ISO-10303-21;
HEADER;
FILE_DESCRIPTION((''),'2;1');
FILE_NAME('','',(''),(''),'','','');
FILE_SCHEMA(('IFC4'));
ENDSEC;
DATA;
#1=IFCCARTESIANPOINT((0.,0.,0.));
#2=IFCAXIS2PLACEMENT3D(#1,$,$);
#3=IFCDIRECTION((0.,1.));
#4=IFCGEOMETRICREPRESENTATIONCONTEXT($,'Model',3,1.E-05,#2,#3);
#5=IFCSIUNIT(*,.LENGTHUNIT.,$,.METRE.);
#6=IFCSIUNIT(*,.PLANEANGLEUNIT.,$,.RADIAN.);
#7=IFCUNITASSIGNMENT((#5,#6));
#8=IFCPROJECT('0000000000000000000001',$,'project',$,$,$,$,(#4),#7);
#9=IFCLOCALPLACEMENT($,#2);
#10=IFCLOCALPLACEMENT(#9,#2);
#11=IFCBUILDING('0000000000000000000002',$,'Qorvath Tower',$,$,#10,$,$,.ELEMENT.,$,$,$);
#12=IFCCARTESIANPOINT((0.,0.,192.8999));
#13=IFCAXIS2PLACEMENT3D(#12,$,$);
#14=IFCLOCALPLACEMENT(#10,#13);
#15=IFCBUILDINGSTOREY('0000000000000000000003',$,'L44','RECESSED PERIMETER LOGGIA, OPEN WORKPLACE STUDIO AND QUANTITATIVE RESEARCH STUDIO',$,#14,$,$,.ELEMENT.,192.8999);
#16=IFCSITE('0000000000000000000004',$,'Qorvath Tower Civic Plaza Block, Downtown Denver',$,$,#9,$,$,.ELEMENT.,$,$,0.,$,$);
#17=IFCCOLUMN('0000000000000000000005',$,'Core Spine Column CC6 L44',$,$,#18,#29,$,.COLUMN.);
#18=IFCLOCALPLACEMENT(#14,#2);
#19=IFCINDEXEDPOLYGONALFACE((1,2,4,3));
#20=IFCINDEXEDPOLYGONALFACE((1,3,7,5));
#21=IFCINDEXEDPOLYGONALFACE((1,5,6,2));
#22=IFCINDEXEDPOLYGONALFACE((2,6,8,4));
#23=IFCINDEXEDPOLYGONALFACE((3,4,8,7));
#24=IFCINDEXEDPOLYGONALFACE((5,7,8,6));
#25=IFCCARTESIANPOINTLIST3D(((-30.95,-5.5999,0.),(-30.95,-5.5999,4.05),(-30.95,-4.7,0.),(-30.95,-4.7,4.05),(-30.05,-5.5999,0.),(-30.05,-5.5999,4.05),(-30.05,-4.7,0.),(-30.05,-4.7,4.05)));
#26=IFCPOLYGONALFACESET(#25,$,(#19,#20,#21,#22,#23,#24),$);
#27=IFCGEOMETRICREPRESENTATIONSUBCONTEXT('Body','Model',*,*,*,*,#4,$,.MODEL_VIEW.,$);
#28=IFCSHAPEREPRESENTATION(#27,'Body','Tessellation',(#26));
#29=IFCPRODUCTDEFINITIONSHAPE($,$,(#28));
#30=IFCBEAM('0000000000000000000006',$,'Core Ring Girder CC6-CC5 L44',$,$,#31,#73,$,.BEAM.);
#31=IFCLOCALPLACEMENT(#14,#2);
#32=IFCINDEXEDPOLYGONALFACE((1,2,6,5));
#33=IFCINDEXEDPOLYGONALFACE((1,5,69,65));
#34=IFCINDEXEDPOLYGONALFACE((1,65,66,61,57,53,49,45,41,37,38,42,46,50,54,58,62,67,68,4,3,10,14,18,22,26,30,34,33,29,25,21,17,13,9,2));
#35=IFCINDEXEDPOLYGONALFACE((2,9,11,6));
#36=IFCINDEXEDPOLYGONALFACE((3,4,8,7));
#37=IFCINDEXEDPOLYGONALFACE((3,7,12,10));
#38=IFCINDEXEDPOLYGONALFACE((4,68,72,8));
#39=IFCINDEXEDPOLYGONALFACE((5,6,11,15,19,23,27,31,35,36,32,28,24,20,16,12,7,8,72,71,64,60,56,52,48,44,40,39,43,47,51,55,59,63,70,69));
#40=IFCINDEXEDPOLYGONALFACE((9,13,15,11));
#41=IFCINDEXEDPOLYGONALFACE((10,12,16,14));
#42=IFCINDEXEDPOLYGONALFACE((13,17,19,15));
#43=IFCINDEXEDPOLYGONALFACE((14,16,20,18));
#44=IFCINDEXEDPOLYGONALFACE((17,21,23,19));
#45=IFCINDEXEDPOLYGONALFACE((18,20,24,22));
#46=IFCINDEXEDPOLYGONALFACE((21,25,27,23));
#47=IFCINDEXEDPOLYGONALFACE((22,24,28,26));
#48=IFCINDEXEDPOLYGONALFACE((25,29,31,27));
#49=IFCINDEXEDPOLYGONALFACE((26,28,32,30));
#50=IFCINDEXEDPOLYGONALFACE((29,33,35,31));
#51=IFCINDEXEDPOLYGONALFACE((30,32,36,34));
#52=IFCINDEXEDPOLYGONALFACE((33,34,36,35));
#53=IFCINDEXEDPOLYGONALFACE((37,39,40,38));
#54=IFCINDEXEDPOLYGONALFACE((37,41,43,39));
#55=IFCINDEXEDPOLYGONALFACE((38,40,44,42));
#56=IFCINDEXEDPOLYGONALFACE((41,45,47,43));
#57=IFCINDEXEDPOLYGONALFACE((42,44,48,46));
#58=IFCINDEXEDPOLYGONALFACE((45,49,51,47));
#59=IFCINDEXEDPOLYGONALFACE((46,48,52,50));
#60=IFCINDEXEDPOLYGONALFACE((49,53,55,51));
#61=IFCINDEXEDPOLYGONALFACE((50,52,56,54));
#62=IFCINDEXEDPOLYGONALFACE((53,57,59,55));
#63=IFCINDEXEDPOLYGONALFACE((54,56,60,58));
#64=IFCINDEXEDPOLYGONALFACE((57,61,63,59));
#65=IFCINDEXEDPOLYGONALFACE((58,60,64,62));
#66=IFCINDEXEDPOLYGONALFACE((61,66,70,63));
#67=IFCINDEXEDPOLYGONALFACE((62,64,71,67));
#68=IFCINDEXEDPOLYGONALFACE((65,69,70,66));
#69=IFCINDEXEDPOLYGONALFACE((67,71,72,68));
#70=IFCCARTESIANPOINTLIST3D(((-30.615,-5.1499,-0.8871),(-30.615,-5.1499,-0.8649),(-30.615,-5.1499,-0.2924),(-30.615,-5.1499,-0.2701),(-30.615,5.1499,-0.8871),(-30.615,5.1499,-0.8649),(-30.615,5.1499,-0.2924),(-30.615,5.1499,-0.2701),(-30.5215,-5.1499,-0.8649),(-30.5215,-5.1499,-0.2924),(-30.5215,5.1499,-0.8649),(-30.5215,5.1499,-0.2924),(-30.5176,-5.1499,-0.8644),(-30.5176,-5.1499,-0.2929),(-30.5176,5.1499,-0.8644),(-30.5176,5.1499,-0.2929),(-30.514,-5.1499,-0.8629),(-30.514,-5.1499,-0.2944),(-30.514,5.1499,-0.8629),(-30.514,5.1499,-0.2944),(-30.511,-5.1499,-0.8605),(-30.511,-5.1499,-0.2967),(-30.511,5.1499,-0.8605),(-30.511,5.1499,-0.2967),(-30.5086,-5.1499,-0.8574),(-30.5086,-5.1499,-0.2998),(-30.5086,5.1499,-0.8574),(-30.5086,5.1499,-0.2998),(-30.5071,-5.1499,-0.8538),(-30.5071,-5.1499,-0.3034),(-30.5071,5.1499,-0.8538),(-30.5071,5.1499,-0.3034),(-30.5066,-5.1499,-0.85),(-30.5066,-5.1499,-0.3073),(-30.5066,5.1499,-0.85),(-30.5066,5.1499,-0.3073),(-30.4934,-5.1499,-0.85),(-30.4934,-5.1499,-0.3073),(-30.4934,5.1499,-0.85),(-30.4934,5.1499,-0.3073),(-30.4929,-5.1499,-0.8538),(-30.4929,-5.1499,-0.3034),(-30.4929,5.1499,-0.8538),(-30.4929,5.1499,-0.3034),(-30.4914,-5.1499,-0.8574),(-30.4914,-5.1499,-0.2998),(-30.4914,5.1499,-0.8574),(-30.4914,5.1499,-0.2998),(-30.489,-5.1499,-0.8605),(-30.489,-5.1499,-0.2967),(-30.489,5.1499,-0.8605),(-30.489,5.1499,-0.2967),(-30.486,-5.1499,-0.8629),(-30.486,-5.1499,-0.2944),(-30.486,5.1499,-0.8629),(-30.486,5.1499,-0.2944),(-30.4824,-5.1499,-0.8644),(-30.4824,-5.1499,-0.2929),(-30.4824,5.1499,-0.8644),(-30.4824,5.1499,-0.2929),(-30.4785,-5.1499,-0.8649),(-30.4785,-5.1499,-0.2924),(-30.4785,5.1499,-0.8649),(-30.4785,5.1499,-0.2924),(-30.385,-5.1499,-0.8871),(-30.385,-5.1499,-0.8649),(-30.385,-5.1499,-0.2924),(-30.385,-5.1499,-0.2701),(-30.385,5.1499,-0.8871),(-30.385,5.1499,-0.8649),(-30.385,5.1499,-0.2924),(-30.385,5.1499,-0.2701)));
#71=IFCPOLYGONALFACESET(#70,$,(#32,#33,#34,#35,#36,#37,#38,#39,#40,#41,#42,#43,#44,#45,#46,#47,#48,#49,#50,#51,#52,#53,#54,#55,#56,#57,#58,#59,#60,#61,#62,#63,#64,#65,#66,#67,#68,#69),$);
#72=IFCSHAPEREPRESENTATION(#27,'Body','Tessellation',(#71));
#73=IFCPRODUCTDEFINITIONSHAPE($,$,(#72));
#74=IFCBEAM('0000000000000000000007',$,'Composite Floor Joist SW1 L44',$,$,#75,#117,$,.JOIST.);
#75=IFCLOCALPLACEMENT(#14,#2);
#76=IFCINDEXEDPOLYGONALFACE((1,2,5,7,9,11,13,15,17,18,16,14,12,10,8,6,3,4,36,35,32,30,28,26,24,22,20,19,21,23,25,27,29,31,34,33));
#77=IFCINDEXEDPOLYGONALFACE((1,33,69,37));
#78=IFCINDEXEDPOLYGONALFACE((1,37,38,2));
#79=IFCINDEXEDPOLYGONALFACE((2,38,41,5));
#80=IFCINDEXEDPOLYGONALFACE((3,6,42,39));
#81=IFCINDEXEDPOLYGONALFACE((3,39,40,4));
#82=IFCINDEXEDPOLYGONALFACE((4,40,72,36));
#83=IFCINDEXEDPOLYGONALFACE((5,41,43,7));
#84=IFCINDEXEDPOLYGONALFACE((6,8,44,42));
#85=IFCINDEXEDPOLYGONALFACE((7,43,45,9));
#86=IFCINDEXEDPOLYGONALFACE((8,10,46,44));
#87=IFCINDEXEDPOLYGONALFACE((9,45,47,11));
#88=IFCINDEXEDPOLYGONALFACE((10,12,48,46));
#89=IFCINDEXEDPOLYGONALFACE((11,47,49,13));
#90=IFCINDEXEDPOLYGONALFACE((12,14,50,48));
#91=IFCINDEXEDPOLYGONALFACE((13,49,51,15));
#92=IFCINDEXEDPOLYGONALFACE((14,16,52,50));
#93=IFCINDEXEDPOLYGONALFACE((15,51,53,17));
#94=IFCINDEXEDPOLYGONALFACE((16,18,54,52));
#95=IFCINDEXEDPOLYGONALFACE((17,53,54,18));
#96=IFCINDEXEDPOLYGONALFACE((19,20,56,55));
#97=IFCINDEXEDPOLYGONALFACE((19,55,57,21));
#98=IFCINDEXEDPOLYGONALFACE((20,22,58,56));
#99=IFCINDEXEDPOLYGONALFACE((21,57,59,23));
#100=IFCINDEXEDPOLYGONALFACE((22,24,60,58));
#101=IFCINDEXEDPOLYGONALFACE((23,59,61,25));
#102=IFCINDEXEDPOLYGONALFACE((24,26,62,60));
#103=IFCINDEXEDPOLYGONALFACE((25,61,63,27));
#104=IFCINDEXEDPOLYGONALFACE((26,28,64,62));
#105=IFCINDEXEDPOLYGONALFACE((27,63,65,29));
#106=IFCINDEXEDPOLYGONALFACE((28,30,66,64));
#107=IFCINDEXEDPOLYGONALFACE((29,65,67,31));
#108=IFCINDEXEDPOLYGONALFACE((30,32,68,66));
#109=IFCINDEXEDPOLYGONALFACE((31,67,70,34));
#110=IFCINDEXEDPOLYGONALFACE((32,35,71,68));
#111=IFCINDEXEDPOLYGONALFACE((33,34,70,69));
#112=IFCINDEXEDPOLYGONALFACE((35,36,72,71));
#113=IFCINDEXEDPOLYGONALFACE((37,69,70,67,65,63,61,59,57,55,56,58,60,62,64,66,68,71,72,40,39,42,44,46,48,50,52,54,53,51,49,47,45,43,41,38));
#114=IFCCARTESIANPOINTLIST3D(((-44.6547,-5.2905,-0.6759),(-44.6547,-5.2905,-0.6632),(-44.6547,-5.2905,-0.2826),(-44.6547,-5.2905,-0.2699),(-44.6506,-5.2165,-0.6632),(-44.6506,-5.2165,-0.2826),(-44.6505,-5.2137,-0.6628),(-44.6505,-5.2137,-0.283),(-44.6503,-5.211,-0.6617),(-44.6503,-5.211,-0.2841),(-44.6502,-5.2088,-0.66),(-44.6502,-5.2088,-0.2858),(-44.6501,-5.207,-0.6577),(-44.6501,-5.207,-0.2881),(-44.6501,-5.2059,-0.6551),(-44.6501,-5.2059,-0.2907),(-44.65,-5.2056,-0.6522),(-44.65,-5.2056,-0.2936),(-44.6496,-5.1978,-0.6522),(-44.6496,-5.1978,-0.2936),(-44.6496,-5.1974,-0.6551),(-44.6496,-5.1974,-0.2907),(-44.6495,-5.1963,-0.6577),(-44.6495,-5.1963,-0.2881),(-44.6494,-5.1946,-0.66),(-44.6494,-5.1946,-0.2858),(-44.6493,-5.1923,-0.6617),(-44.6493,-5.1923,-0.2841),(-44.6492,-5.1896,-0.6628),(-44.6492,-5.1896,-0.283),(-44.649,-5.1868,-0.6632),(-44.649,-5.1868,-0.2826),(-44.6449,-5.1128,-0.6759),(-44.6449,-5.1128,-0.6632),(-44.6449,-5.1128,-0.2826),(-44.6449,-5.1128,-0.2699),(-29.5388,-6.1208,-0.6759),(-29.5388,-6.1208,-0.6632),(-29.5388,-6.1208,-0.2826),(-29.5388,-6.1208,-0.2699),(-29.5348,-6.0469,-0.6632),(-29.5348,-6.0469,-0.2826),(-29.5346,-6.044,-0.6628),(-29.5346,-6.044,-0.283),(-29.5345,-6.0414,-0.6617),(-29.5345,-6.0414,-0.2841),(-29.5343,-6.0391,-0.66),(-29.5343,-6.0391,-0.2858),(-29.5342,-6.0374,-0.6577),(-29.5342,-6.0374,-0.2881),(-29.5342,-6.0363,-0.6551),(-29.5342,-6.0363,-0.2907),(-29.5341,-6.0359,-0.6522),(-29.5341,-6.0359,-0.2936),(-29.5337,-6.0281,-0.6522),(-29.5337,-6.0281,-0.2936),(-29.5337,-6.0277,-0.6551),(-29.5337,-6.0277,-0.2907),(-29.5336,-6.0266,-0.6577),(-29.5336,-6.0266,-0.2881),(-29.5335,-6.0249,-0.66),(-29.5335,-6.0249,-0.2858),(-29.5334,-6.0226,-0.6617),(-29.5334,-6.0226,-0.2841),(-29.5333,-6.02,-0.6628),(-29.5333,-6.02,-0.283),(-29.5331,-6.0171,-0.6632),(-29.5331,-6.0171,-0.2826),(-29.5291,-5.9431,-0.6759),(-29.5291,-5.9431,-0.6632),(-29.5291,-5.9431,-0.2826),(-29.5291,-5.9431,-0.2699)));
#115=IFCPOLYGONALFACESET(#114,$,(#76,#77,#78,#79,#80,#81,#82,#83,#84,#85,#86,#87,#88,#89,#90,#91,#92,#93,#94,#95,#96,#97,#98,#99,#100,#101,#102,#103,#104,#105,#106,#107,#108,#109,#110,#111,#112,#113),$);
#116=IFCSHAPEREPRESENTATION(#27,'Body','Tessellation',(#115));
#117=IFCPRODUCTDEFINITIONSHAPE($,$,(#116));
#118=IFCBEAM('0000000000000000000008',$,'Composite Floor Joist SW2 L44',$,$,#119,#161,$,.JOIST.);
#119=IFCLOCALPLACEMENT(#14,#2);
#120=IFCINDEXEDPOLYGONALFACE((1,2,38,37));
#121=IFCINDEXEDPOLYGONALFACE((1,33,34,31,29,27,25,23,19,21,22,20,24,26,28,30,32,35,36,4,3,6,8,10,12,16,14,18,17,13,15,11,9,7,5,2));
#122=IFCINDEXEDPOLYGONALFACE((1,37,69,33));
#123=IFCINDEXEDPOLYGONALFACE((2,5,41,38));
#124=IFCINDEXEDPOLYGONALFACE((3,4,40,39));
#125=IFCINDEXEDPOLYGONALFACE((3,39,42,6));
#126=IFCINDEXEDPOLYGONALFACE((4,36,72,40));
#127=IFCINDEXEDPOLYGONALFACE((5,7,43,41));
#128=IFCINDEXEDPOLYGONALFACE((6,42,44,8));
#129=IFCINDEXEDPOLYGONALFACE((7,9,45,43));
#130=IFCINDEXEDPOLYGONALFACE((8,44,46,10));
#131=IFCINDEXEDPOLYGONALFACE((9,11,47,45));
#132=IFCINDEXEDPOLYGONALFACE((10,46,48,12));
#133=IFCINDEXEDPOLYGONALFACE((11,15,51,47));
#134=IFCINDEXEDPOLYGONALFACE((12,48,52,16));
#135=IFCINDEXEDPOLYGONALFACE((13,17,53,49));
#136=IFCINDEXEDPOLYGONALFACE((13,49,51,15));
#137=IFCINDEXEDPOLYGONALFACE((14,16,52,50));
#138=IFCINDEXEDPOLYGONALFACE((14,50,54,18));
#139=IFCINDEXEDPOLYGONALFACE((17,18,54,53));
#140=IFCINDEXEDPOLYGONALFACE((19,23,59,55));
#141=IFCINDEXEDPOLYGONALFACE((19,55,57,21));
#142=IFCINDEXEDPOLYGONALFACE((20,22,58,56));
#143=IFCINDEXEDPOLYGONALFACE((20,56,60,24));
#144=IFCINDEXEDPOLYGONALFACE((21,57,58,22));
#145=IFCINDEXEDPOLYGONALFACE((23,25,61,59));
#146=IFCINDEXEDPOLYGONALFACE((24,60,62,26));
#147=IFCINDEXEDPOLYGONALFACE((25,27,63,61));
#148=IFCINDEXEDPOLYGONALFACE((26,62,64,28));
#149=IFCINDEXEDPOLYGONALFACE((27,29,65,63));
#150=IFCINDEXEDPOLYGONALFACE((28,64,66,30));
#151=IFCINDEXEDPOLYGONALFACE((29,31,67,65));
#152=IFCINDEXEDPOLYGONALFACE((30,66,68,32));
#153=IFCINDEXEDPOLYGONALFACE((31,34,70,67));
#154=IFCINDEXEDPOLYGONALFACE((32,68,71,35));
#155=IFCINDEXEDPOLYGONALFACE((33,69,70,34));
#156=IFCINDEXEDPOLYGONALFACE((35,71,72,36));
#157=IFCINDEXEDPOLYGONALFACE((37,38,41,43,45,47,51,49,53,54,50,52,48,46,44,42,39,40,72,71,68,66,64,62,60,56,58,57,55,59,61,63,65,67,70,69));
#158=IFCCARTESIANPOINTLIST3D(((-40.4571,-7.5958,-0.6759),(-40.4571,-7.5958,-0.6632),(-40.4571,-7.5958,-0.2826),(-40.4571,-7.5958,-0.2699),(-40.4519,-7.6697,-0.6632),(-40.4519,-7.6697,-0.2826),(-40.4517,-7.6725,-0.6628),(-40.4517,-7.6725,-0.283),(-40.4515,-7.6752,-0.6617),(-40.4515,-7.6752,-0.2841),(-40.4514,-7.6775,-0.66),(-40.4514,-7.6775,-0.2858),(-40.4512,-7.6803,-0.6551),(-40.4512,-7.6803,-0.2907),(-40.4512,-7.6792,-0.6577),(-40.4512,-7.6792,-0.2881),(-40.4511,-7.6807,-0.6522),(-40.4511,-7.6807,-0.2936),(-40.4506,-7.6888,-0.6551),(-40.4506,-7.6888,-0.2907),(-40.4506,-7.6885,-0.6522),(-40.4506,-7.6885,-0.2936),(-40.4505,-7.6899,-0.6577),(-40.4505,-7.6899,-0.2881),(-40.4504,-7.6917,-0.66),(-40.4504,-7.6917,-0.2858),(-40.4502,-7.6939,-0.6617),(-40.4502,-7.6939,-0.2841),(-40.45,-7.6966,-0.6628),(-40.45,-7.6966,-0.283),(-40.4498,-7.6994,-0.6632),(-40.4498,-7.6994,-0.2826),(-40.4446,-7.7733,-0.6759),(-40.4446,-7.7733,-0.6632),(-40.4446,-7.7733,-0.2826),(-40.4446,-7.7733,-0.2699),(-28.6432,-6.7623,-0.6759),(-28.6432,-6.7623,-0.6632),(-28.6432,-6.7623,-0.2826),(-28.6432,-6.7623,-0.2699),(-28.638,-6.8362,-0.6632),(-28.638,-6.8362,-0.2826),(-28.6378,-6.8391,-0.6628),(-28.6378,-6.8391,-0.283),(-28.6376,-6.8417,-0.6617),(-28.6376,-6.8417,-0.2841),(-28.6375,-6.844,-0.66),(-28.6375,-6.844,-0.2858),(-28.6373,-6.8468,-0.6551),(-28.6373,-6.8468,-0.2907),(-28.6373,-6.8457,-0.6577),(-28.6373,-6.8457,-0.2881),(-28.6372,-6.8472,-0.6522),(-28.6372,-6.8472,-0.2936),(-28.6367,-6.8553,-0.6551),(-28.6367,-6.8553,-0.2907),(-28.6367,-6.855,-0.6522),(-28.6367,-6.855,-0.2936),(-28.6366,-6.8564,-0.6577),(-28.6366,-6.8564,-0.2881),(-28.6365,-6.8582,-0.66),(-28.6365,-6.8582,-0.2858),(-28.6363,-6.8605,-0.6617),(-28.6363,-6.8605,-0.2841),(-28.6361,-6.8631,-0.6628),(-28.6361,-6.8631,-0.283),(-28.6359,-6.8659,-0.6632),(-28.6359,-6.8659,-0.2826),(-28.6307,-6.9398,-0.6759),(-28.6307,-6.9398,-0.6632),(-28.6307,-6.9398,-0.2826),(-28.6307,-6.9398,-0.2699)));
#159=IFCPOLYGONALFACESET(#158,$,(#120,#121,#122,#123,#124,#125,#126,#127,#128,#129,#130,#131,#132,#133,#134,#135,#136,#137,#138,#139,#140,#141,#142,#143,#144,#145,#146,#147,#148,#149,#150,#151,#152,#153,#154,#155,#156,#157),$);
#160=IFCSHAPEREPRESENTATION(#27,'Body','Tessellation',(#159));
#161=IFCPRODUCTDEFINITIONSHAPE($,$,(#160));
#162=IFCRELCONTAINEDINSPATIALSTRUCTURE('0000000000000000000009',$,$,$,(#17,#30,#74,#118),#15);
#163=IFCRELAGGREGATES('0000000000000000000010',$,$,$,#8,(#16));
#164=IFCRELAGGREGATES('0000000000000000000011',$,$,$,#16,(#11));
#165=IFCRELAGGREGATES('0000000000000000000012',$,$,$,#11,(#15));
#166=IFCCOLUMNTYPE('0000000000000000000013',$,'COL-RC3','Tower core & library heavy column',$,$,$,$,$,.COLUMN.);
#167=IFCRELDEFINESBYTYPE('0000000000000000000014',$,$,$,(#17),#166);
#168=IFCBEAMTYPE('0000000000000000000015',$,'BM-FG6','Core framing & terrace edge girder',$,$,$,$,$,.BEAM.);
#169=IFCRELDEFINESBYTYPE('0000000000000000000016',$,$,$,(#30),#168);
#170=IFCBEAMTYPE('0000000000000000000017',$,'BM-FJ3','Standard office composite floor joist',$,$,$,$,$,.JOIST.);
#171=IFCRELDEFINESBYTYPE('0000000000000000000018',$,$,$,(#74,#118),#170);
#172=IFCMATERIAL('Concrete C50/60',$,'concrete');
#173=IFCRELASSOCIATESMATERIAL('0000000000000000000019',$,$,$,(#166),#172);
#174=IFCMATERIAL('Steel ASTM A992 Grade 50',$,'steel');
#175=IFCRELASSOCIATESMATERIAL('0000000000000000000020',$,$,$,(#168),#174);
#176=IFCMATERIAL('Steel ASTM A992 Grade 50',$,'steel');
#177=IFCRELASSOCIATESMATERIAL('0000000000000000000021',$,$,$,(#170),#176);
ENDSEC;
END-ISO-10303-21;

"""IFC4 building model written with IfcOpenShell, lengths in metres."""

from ifc_helpers import new_model, si_unit, direction, frame, origin, origin_2d, place, context, subcontext, project, spatial, rectangle, i_section, extrude, material, material_profile, profile_set, type_object, element, save


model = new_model("IFC4")

# Units and contexts
model_context = context("Model", 3, precision=1e-05, world=origin(), true_north=direction((0.0, 1.0)))
body_context = subcontext(model_context, "Body", "Model", "MODEL_VIEW")
ifc_project = project(units=[si_unit("LENGTHUNIT", "METRE"), si_unit("PLANEANGLEUNIT", "RADIAN")], contexts=[model_context])

# Site, building, storey
site_placement = place(None, origin())
site = spatial("IfcSite", under=ifc_project, at=site_placement, Name="Qorvath Tower Civic Plaza Block, Downtown Denver", CompositionType="ELEMENT", RefElevation=0.0)
building_placement = place(site_placement, origin())
building = spatial("IfcBuilding", under=site, at=building_placement, Name="Qorvath Tower", CompositionType="ELEMENT")
storey_placement = place(building_placement, frame((0.0, 0.0, 192.8999)))
storey = spatial("IfcBuildingStorey", under=building, at=storey_placement, Name="L44", Description="RECESSED PERIMETER LOGGIA, OPEN WORKPLACE STUDIO AND QUANTITATIVE RESEARCH STUDIO", CompositionType="ELEMENT", Elevation=192.8999)

# Column
ifc_material_1 = material(Name="Concrete C50/60", Category="concrete")
ifc_material_profile_1 = material_profile(ifc_material_1, rectangle(XDim=0.8999, YDim=0.8999, at=origin_2d()), Name="RC 900x900")
ifc_profile_set_1 = profile_set([ifc_material_profile_1], Name="Concrete C50/60")
column_type = type_object("IfcColumnType", Name="COL-RC3", Description="Tower core & library heavy column", PredefinedType="COLUMN", material=ifc_profile_set_1)
column_placement = place(storey_placement, frame((-30.5, -5.1499, 0.0), z_axis=(0.0, 0.0, 1.0), x_axis=(1.0, 0.0, 0.0)))
element("IfcColumn", 1, at=column_placement, inside=storey, type_object=column_type, Name="Core Spine Column CC6 L44", PredefinedType="COLUMN", context=body_context, shape_type="SweptSolid", body=[
    extrude(rectangle(XDim=0.8999, YDim=0.8999, at=origin_2d()), origin(), (0.0, 0.0, 1.0), 4.05),
])

# Beams
ifc_material_2 = material(Name="Steel ASTM A992 Grade 50", Category="steel")
ifc_material_profile_2 = material_profile(ifc_material_2, i_section(OverallWidth=0.23, OverallDepth=0.6169, WebThickness=0.0132, FlangeThickness=0.0222, FilletRadius=0.0149, at=origin_2d()), Name="W24x94")
ifc_profile_set_2 = profile_set([ifc_material_profile_2], Name="Steel ASTM A992 Grade 50")
beam_type_1 = type_object("IfcBeamType", Name="BM-FG6", Description="Core framing & terrace edge girder", PredefinedType="BEAM", material=ifc_profile_set_2)
beam_1_placement = place(storey_placement, frame((-30.5, -5.1499, -0.5786), z_axis=(0.0, 1.0, 0.0), x_axis=(-1.0, 0.0, 0.0)))
element("IfcBeam", 2, at=beam_1_placement, inside=storey, type_object=beam_type_1, Name="Core Ring Girder CC6-CC5 L44", PredefinedType="BEAM", context=body_context, shape_type="SweptSolid", body=[
    extrude(i_section(OverallWidth=0.23, OverallDepth=0.6169, WebThickness=0.0132, FlangeThickness=0.0222, FilletRadius=0.0149, at=origin_2d()), origin(), (0.0, 0.0, 1.0), 10.2998),
])
ifc_material_3 = material(Name="Steel ASTM A992 Grade 50", Category="steel")
ifc_material_profile_3 = material_profile(ifc_material_3, i_section(OverallWidth=0.178, OverallDepth=0.406, WebThickness=0.0078, FlangeThickness=0.0127, FilletRadius=0.011, at=origin_2d()), Name="W16x40")
ifc_profile_set_3 = profile_set([ifc_material_profile_3], Name="Steel ASTM A992 Grade 50")
beam_type_2 = type_object("IfcBeamType", Name="BM-FJ3", Description="Standard office composite floor joist", PredefinedType="JOIST", material=ifc_profile_set_3)
beam_2_placement = place(storey_placement, frame((-29.5339, -6.032, -0.4729), z_axis=(-0.998495, 0.054847, 0.0), x_axis=(-0.054847, -0.998495, 0.0)))
element("IfcBeam", 3, at=beam_2_placement, inside=storey, type_object=beam_type_2, Name="Composite Floor Joist SW1 L44", PredefinedType="JOIST", context=body_context, shape_type="SweptSolid", body=[
    extrude(i_section(OverallWidth=0.178, OverallDepth=0.406, WebThickness=0.0078, FlangeThickness=0.0127, FilletRadius=0.011, at=origin_2d()), origin(), (0.0, 0.0, 1.0), 15.1387),
])
beam_3_placement = place(storey_placement, frame((-28.637, -6.8511, -0.4729), z_axis=(-0.99752, -0.070377, 0.0), x_axis=(0.070377, -0.99752, 0.0)))
element("IfcBeam", 4, at=beam_3_placement, inside=storey, type_object=beam_type_2, Name="Composite Floor Joist SW2 L44", PredefinedType="JOIST", context=body_context, shape_type="SweptSolid", body=[
    extrude(i_section(OverallWidth=0.178, OverallDepth=0.406, WebThickness=0.0078, FlangeThickness=0.0127, FilletRadius=0.011, at=origin_2d()), origin(), (0.0, 0.0, 1.0), 11.8433),
])

save(model, "model.ifc")
